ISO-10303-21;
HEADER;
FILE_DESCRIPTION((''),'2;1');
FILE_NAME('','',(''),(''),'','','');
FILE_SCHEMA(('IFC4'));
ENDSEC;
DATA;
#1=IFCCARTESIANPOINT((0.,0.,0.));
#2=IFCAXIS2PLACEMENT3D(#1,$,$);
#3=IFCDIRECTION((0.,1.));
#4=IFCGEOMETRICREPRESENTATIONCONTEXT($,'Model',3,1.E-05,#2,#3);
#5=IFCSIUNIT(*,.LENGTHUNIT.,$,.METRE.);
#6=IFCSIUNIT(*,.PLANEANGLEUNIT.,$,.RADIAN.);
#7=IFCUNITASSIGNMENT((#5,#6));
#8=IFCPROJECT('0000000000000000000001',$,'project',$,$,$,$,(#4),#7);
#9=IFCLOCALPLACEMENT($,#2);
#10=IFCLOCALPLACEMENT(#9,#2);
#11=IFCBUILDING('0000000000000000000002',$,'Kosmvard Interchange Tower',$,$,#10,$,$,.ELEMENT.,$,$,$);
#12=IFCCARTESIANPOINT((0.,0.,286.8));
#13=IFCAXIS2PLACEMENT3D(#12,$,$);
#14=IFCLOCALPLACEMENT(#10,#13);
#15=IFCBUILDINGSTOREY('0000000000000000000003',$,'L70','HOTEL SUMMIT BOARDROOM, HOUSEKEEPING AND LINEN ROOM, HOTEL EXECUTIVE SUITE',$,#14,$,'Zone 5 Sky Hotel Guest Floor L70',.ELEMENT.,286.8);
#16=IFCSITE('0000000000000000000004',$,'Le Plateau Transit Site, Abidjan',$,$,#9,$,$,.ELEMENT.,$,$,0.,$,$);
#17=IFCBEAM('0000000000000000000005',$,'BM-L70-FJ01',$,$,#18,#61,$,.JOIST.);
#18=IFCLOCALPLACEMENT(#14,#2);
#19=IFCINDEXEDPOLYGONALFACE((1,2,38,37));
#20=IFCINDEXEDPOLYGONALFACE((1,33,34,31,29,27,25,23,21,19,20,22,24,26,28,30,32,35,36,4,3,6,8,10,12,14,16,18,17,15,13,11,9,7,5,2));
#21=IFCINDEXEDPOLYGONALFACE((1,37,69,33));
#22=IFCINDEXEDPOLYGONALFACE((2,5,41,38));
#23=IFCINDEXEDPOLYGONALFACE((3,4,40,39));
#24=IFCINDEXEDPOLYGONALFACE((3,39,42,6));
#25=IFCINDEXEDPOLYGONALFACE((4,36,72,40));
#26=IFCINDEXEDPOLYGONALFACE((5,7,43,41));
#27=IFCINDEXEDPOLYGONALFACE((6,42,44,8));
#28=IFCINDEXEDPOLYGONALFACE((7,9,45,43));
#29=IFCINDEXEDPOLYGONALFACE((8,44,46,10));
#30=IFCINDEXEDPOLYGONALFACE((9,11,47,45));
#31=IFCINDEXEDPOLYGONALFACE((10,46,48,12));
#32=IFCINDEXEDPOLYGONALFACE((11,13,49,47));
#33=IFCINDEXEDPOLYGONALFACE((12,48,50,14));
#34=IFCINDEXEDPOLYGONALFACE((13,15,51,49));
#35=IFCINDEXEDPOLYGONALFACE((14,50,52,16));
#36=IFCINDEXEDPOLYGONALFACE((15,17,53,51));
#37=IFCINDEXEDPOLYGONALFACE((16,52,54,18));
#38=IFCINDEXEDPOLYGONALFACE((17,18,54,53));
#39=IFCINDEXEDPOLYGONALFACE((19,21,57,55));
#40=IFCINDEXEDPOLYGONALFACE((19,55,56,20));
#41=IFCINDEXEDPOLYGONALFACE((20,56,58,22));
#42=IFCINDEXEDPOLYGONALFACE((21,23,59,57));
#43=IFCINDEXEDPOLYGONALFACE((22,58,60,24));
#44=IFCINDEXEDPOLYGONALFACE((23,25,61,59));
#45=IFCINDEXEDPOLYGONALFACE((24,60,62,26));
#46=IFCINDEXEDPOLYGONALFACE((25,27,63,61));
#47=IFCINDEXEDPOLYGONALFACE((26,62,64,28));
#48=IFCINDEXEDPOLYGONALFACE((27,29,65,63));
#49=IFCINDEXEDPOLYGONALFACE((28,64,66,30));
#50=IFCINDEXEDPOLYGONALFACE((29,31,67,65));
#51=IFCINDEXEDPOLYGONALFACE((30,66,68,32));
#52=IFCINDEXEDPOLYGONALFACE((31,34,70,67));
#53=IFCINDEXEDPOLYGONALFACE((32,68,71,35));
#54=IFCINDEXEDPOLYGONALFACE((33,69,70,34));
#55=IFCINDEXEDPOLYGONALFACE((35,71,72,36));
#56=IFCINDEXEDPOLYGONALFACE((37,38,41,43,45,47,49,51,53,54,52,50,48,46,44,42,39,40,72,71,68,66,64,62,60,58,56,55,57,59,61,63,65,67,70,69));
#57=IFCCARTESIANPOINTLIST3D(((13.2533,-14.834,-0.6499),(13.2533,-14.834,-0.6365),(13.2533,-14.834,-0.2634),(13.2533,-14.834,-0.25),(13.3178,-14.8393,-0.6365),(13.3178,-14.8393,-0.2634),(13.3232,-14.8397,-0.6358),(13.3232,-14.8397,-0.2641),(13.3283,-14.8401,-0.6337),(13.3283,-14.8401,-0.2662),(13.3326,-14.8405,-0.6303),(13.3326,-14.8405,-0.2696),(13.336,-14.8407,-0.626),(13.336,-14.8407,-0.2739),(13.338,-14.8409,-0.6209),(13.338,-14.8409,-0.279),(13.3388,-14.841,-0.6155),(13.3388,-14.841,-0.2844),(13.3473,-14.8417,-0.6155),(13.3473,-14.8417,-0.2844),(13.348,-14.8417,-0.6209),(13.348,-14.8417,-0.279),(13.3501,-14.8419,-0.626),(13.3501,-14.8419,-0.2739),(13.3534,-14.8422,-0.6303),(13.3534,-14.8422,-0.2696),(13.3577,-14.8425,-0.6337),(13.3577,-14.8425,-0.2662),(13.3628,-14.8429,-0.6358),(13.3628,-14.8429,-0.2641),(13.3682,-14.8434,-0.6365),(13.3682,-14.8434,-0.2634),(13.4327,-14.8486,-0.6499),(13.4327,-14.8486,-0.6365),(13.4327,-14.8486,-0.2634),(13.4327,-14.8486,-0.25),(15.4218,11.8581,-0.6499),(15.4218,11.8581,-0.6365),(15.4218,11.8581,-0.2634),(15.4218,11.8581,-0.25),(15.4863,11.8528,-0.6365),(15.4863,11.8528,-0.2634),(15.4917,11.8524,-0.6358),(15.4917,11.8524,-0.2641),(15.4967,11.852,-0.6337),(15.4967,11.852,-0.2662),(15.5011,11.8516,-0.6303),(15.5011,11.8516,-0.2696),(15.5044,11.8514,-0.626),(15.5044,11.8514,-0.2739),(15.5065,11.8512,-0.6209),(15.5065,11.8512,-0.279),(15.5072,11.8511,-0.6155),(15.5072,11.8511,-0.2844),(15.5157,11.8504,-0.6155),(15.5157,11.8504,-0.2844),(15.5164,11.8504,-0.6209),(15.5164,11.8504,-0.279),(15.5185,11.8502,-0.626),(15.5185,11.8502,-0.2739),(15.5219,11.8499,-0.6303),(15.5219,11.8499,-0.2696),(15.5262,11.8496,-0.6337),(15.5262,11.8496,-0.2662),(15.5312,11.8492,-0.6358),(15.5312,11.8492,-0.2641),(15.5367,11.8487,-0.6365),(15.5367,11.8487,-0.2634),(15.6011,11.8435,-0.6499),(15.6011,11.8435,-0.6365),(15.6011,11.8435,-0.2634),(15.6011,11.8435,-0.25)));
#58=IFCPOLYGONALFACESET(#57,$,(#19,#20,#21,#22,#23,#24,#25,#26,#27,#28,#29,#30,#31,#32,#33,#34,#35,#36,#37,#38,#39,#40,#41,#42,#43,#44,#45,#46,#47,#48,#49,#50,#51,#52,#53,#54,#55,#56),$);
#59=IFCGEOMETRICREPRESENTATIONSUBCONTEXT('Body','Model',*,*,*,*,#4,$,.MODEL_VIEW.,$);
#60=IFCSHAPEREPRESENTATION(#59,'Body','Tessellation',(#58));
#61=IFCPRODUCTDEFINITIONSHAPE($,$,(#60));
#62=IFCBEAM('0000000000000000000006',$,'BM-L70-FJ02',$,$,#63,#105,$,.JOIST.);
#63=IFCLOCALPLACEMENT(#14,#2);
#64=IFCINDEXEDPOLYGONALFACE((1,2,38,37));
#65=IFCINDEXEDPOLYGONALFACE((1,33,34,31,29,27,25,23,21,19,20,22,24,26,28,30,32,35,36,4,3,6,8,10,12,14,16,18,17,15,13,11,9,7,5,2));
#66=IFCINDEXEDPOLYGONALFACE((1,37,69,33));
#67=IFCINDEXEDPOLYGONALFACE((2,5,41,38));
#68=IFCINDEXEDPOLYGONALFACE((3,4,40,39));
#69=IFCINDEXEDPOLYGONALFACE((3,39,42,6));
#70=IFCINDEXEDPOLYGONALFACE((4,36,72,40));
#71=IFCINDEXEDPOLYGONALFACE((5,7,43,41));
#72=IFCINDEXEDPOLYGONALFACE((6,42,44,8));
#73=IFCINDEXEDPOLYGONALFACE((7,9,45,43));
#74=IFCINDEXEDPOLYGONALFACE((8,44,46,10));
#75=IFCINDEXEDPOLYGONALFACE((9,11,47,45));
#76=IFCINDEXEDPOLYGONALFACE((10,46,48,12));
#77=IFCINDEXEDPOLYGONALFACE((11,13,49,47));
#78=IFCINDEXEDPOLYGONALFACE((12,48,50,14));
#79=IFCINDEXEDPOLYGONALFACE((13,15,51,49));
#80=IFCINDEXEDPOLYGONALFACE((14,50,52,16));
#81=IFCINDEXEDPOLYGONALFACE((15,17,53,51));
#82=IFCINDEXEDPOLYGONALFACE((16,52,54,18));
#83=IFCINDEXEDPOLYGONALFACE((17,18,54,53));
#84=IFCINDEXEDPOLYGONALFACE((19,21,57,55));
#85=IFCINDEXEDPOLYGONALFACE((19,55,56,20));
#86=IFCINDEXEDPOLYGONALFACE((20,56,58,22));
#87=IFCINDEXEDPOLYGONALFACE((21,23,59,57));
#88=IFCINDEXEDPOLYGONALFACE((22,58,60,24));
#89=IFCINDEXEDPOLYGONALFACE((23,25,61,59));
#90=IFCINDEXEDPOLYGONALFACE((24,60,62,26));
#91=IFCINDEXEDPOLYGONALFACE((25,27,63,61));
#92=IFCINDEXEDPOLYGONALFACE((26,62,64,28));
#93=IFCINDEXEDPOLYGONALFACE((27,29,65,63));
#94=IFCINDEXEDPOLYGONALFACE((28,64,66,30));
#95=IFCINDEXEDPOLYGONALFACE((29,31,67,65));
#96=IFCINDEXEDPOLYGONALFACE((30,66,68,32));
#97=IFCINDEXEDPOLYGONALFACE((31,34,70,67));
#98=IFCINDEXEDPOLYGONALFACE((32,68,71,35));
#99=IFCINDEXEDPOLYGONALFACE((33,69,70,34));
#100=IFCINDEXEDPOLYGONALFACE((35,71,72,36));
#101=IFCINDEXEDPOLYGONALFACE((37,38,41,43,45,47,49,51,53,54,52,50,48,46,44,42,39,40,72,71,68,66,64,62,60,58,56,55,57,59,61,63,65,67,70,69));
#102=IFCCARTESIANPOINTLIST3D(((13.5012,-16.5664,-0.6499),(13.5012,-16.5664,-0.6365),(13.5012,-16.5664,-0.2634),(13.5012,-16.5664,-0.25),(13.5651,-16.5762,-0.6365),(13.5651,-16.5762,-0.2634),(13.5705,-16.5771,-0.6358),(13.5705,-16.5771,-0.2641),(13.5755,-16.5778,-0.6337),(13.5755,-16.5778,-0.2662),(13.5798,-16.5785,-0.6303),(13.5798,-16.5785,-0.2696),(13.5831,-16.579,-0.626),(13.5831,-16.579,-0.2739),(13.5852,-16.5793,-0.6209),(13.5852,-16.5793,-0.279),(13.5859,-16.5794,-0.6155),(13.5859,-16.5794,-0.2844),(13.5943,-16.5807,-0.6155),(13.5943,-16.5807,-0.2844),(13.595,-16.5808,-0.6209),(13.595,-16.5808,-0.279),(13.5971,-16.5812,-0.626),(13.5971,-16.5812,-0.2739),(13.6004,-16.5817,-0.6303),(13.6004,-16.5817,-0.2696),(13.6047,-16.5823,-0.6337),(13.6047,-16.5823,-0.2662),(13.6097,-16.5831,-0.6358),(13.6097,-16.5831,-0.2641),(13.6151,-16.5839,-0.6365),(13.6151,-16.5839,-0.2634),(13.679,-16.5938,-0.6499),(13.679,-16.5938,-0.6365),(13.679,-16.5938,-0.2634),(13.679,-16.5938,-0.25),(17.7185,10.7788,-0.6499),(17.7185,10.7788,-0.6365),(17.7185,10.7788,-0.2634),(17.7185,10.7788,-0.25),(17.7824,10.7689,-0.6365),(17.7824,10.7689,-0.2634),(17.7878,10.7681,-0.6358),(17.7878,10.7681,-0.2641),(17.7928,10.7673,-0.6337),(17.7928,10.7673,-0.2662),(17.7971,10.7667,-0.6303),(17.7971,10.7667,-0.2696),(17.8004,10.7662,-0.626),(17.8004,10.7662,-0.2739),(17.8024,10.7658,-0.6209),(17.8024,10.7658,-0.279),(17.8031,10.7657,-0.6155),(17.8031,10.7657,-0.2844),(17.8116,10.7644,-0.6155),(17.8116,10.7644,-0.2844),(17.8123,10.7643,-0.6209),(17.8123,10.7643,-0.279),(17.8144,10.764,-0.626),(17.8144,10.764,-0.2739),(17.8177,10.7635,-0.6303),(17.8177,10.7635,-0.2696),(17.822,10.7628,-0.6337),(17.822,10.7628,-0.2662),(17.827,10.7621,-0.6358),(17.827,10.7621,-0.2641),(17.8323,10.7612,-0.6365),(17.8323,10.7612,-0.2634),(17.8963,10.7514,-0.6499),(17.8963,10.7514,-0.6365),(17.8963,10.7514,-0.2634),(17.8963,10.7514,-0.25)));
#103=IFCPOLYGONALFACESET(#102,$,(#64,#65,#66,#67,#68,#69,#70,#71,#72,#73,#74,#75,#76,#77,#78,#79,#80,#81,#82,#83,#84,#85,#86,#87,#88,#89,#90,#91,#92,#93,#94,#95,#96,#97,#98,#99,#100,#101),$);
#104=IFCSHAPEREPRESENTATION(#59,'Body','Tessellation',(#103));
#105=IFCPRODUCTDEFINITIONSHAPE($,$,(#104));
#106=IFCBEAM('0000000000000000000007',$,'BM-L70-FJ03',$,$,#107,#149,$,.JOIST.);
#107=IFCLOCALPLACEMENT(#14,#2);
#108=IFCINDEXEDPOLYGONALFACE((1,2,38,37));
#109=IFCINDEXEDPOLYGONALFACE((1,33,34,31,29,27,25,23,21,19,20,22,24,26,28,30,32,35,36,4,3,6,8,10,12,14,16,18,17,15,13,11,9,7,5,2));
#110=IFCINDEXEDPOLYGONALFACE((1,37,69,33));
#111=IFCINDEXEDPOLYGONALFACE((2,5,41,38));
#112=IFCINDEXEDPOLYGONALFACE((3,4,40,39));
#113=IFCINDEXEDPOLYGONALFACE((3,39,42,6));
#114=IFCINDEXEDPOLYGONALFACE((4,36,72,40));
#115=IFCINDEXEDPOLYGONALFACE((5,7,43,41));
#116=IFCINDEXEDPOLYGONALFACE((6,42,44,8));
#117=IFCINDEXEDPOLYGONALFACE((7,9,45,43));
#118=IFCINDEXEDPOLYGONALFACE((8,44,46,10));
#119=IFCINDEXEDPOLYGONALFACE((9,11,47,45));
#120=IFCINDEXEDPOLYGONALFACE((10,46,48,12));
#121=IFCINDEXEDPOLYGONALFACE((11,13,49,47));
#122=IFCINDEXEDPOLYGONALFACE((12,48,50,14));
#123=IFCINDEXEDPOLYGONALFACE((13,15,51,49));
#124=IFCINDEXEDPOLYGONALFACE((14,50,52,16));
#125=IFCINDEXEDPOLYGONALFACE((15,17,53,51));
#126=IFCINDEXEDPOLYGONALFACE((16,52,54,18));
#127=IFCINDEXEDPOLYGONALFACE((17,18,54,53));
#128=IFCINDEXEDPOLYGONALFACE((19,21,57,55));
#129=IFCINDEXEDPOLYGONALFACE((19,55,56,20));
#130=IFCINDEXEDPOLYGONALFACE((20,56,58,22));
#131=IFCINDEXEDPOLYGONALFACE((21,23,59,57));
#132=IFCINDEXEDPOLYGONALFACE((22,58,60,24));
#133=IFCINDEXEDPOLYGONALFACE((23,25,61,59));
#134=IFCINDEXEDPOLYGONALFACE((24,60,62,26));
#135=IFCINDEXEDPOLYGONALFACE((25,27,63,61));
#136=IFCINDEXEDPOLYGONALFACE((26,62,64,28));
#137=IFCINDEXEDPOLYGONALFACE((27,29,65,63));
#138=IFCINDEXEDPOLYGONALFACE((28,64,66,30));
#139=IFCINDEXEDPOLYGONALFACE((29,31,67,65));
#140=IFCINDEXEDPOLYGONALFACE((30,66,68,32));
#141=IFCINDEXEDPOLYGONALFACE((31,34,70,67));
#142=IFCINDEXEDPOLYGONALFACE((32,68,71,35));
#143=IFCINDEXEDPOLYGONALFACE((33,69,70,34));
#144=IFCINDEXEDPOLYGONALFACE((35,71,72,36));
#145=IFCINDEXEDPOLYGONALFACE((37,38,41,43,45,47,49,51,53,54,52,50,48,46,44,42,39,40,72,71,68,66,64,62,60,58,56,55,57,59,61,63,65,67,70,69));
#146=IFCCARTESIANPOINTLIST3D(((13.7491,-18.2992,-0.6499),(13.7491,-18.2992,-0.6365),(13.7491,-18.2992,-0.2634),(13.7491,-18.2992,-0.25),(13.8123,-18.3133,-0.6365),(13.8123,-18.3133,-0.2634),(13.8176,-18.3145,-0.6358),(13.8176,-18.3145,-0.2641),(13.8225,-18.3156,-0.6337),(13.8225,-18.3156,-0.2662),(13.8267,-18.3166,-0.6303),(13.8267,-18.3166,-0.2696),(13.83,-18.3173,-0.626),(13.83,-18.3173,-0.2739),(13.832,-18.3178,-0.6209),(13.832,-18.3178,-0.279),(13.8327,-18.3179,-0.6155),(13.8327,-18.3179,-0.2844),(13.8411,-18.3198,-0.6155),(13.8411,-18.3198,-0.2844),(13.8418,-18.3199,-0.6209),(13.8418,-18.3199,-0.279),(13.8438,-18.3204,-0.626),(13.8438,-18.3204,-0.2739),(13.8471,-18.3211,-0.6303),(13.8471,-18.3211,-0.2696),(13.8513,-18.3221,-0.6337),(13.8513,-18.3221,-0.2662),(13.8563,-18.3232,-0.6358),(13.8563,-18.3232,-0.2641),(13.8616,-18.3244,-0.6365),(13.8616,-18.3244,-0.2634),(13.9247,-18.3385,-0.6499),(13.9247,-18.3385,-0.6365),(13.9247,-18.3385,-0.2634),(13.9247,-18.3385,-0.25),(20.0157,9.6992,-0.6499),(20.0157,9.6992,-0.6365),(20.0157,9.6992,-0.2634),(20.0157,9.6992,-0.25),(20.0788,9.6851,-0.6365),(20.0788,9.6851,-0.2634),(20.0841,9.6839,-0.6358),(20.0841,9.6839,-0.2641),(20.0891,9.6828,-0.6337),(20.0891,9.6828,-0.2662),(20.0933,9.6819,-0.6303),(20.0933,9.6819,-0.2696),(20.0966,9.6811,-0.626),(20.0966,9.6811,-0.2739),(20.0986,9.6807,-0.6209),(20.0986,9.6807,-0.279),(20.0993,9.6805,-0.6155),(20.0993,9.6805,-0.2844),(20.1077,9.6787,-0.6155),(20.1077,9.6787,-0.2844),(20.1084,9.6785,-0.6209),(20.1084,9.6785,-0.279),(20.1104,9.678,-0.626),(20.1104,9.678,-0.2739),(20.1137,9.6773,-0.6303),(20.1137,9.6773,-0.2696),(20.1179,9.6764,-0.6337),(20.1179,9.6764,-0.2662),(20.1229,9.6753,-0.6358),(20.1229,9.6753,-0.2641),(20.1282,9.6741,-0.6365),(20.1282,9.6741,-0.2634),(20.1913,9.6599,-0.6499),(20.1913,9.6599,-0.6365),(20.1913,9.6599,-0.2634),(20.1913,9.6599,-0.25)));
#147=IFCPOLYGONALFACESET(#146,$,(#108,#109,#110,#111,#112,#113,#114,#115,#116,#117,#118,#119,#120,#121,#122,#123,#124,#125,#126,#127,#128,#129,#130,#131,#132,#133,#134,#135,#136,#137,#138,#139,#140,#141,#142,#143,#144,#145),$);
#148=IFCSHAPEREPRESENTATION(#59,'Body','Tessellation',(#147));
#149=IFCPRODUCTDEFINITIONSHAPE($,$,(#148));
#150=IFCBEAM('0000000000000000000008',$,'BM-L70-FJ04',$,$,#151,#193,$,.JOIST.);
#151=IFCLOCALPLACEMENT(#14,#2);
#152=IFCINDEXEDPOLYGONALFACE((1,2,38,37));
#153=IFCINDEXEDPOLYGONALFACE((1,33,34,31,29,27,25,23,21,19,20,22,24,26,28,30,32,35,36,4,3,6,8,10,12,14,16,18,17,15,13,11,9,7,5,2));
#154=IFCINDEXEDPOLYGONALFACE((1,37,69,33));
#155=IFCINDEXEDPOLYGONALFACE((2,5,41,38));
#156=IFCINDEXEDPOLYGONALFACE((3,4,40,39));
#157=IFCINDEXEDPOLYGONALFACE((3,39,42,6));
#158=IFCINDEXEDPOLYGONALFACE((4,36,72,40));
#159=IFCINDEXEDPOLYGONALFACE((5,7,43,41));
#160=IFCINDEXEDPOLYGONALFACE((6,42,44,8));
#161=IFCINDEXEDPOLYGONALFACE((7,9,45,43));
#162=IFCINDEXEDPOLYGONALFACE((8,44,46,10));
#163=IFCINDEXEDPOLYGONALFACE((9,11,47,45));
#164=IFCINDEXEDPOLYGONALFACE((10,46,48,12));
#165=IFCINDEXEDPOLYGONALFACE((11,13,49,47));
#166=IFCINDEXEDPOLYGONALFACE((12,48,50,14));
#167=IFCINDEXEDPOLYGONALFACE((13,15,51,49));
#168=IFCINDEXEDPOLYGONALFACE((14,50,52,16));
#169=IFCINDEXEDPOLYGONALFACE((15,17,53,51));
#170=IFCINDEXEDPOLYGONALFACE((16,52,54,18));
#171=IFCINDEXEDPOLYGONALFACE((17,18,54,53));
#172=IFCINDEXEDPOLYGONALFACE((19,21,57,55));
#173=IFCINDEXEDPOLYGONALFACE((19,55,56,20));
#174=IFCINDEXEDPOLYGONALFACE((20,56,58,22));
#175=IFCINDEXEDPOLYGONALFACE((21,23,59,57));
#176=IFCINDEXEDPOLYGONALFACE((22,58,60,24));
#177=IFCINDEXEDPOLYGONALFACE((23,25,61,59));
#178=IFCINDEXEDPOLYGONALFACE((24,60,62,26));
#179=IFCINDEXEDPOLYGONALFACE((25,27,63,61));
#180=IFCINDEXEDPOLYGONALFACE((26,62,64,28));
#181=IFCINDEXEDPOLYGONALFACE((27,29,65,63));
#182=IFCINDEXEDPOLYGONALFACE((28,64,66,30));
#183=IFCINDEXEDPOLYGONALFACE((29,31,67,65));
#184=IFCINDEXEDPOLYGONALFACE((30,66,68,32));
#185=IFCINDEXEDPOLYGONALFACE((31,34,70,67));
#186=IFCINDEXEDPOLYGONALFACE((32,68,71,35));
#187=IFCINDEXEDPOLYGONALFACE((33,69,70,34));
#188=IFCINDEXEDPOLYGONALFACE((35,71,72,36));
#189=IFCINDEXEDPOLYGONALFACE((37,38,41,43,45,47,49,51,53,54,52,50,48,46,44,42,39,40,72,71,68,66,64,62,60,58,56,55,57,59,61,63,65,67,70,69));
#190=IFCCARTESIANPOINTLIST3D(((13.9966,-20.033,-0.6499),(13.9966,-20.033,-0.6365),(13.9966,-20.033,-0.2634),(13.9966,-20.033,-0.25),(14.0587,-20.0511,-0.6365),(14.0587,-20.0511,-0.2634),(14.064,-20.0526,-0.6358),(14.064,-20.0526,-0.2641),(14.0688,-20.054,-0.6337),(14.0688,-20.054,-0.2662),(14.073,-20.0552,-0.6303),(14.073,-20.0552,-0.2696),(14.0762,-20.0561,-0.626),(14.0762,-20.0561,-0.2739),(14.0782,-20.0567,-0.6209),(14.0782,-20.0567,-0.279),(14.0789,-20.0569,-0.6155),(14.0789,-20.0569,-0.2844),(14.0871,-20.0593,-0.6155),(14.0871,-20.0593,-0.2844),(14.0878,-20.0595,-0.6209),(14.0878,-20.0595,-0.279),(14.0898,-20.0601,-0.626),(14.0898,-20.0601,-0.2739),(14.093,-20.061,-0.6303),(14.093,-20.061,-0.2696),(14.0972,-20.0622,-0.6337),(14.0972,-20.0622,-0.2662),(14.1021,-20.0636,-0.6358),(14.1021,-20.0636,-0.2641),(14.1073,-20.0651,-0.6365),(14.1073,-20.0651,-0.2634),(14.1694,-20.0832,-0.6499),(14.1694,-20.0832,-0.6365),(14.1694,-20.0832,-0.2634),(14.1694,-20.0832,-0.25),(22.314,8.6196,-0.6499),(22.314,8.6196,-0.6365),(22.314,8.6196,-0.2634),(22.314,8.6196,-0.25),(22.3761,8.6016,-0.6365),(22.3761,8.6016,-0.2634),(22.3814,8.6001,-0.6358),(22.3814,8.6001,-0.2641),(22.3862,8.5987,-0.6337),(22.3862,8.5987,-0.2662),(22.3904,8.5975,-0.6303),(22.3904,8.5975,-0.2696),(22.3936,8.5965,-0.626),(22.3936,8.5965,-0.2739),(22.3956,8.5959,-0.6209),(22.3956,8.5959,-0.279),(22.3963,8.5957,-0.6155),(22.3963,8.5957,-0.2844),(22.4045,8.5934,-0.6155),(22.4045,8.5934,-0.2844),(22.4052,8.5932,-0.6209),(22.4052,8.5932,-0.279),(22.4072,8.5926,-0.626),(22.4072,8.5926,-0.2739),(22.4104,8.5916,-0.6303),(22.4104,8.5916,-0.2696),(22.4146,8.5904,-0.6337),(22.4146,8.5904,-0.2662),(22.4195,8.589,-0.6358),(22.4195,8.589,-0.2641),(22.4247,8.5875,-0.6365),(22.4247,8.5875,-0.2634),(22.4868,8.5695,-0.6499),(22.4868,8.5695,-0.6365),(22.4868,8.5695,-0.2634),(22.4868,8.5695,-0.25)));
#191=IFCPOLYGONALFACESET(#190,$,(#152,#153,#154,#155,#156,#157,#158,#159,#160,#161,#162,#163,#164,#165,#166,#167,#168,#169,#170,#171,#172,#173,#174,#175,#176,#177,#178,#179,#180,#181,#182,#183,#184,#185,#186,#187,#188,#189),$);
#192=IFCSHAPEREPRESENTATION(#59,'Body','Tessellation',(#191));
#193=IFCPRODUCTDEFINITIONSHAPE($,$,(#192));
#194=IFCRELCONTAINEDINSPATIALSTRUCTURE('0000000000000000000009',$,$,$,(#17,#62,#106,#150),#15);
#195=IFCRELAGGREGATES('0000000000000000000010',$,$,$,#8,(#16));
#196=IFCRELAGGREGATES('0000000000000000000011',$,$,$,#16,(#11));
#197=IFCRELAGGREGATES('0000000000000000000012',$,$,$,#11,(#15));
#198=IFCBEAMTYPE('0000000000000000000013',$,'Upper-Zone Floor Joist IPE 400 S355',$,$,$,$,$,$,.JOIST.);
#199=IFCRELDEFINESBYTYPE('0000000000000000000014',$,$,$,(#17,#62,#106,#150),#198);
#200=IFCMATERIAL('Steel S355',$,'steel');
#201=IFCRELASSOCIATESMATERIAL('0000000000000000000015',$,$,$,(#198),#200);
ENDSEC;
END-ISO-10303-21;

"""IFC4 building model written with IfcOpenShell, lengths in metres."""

from ifc_helpers import new_model, si_unit, direction, frame, origin, origin_2d, place, context, subcontext, project, spatial, i_section, extrude, source, transform, mapped, material, material_profile, profile_set, type_object, element, save


model = new_model("IFC4")

# Units and contexts
model_context = context("Model", 3, precision=1e-05, world=origin(), true_north=direction((0.0, 1.0)))
body_context = subcontext(model_context, "Body", "Model", "MODEL_VIEW")
ifc_project = project(units=[si_unit("LENGTHUNIT", "METRE"), si_unit("PLANEANGLEUNIT", "RADIAN")], contexts=[model_context])

# Site, building, storey
site_placement = place(None, origin())
site = spatial("IfcSite", under=ifc_project, at=site_placement, Name="Le Plateau Transit Site, Abidjan", CompositionType="ELEMENT", RefElevation=0.0)
building_placement = place(site_placement, origin())
building = spatial("IfcBuilding", under=site, at=building_placement, Name="Kosmvard Interchange Tower", CompositionType="ELEMENT")
storey_placement = place(building_placement, frame((0.0, 0.0, 286.8)))
storey = spatial("IfcBuildingStorey", under=building, at=storey_placement, Name="L70", Description="HOTEL SUMMIT BOARDROOM, HOUSEKEEPING AND LINEN ROOM, HOTEL EXECUTIVE SUITE", LongName="Zone 5 Sky Hotel Guest Floor L70", CompositionType="ELEMENT", Elevation=286.8)

# Beams
ifc_material_1 = material(Name="Steel S355", Category="steel")
ifc_material_profile_1 = material_profile(ifc_material_1, i_section(OverallWidth=0.1799, OverallDepth=0.3999, WebThickness=0.0085, FlangeThickness=0.0134, FilletRadius=0.021, at=origin_2d()), Name="IPE 400")
ifc_profile_set_1 = profile_set([ifc_material_profile_1], Name="Steel S355")
beam_type_1 = type_object("IfcBeamType", Name="Upper-Zone Floor Joist IPE 400 S355", PredefinedType="JOIST", material=ifc_profile_set_1)
shared_shape_1 = source(origin(), body_context, "Body", "SweptSolid", [
    extrude(i_section(OverallWidth=0.1799, OverallDepth=0.3999, WebThickness=0.0085, FlangeThickness=0.0134, FilletRadius=0.021, at=origin_2d()), origin(), (0.0, 0.0, 1.0), 26.78),
])
beam_1_placement = place(storey_placement, frame((13.343, -14.8413, -0.45), z_axis=(0.080973, 0.996716, 0.0), x_axis=(-0.996716, 0.080973, 0.0)))
element("IfcBeam", 1, at=beam_1_placement, inside=storey, type_object=beam_type_1, Name="BM-L70-FJ01", PredefinedType="JOIST", context=body_context, shape_type="MappedRepresentation", body=[
    mapped(shared_shape_1, transform((0.0, 0.0, 0.0), scale=1.0)),
])
shared_shape_2 = source(origin(), body_context, "Body", "SweptSolid", [
    extrude(i_section(OverallWidth=0.1799, OverallDepth=0.3999, WebThickness=0.0085, FlangeThickness=0.0134, FilletRadius=0.021, at=origin_2d()), origin(), (0.0, 0.0, 1.0), 27.6685),
])
beam_2_placement = place(storey_placement, frame((13.5901, -16.5801, -0.45), z_axis=(0.152422, 0.988316, 0.0), x_axis=(-0.988316, 0.152422, 0.0)))
element("IfcBeam", 2, at=beam_2_placement, inside=storey, type_object=beam_type_1, Name="BM-L70-FJ02", PredefinedType="JOIST", context=body_context, shape_type="MappedRepresentation", body=[
    mapped(shared_shape_2, transform((0.0, 0.0, 0.0), scale=1.0)),
])
shared_shape_3 = source(origin(), body_context, "Body", "SweptSolid", [
    extrude(i_section(OverallWidth=0.1799, OverallDepth=0.3999, WebThickness=0.0085, FlangeThickness=0.0134, FilletRadius=0.021, at=origin_2d()), origin(), (0.0, 0.0, 1.0), 28.6912),
])
beam_3_placement = place(storey_placement, frame((13.8369, -18.3188, -0.45), z_axis=(0.218415, 0.975856, 0.0), x_axis=(-0.975856, 0.218415, 0.0)))
element("IfcBeam", 3, at=beam_3_placement, inside=storey, type_object=beam_type_1, Name="BM-L70-FJ03", PredefinedType="JOIST", context=body_context, shape_type="MappedRepresentation", body=[
    mapped(shared_shape_3, transform((0.0, 0.0, 0.0), scale=1.0)),
])
shared_shape_4 = source(origin(), body_context, "Body", "SweptSolid", [
    extrude(i_section(OverallWidth=0.1799, OverallDepth=0.3999, WebThickness=0.0085, FlangeThickness=0.0134, FilletRadius=0.021, at=origin_2d()), origin(), (0.0, 0.0, 1.0), 29.8354),
])
beam_4_placement = place(storey_placement, frame((14.083, -20.0581, -0.45), z_axis=(0.278776, 0.960356, 0.0), x_axis=(-0.960356, 0.278776, 0.0)))
element("IfcBeam", 4, at=beam_4_placement, inside=storey, type_object=beam_type_1, Name="BM-L70-FJ04", PredefinedType="JOIST", context=body_context, shape_type="MappedRepresentation", body=[
    mapped(shared_shape_4, transform((0.0, 0.0, 0.0), scale=1.0)),
])

save(model, "model.ifc")
